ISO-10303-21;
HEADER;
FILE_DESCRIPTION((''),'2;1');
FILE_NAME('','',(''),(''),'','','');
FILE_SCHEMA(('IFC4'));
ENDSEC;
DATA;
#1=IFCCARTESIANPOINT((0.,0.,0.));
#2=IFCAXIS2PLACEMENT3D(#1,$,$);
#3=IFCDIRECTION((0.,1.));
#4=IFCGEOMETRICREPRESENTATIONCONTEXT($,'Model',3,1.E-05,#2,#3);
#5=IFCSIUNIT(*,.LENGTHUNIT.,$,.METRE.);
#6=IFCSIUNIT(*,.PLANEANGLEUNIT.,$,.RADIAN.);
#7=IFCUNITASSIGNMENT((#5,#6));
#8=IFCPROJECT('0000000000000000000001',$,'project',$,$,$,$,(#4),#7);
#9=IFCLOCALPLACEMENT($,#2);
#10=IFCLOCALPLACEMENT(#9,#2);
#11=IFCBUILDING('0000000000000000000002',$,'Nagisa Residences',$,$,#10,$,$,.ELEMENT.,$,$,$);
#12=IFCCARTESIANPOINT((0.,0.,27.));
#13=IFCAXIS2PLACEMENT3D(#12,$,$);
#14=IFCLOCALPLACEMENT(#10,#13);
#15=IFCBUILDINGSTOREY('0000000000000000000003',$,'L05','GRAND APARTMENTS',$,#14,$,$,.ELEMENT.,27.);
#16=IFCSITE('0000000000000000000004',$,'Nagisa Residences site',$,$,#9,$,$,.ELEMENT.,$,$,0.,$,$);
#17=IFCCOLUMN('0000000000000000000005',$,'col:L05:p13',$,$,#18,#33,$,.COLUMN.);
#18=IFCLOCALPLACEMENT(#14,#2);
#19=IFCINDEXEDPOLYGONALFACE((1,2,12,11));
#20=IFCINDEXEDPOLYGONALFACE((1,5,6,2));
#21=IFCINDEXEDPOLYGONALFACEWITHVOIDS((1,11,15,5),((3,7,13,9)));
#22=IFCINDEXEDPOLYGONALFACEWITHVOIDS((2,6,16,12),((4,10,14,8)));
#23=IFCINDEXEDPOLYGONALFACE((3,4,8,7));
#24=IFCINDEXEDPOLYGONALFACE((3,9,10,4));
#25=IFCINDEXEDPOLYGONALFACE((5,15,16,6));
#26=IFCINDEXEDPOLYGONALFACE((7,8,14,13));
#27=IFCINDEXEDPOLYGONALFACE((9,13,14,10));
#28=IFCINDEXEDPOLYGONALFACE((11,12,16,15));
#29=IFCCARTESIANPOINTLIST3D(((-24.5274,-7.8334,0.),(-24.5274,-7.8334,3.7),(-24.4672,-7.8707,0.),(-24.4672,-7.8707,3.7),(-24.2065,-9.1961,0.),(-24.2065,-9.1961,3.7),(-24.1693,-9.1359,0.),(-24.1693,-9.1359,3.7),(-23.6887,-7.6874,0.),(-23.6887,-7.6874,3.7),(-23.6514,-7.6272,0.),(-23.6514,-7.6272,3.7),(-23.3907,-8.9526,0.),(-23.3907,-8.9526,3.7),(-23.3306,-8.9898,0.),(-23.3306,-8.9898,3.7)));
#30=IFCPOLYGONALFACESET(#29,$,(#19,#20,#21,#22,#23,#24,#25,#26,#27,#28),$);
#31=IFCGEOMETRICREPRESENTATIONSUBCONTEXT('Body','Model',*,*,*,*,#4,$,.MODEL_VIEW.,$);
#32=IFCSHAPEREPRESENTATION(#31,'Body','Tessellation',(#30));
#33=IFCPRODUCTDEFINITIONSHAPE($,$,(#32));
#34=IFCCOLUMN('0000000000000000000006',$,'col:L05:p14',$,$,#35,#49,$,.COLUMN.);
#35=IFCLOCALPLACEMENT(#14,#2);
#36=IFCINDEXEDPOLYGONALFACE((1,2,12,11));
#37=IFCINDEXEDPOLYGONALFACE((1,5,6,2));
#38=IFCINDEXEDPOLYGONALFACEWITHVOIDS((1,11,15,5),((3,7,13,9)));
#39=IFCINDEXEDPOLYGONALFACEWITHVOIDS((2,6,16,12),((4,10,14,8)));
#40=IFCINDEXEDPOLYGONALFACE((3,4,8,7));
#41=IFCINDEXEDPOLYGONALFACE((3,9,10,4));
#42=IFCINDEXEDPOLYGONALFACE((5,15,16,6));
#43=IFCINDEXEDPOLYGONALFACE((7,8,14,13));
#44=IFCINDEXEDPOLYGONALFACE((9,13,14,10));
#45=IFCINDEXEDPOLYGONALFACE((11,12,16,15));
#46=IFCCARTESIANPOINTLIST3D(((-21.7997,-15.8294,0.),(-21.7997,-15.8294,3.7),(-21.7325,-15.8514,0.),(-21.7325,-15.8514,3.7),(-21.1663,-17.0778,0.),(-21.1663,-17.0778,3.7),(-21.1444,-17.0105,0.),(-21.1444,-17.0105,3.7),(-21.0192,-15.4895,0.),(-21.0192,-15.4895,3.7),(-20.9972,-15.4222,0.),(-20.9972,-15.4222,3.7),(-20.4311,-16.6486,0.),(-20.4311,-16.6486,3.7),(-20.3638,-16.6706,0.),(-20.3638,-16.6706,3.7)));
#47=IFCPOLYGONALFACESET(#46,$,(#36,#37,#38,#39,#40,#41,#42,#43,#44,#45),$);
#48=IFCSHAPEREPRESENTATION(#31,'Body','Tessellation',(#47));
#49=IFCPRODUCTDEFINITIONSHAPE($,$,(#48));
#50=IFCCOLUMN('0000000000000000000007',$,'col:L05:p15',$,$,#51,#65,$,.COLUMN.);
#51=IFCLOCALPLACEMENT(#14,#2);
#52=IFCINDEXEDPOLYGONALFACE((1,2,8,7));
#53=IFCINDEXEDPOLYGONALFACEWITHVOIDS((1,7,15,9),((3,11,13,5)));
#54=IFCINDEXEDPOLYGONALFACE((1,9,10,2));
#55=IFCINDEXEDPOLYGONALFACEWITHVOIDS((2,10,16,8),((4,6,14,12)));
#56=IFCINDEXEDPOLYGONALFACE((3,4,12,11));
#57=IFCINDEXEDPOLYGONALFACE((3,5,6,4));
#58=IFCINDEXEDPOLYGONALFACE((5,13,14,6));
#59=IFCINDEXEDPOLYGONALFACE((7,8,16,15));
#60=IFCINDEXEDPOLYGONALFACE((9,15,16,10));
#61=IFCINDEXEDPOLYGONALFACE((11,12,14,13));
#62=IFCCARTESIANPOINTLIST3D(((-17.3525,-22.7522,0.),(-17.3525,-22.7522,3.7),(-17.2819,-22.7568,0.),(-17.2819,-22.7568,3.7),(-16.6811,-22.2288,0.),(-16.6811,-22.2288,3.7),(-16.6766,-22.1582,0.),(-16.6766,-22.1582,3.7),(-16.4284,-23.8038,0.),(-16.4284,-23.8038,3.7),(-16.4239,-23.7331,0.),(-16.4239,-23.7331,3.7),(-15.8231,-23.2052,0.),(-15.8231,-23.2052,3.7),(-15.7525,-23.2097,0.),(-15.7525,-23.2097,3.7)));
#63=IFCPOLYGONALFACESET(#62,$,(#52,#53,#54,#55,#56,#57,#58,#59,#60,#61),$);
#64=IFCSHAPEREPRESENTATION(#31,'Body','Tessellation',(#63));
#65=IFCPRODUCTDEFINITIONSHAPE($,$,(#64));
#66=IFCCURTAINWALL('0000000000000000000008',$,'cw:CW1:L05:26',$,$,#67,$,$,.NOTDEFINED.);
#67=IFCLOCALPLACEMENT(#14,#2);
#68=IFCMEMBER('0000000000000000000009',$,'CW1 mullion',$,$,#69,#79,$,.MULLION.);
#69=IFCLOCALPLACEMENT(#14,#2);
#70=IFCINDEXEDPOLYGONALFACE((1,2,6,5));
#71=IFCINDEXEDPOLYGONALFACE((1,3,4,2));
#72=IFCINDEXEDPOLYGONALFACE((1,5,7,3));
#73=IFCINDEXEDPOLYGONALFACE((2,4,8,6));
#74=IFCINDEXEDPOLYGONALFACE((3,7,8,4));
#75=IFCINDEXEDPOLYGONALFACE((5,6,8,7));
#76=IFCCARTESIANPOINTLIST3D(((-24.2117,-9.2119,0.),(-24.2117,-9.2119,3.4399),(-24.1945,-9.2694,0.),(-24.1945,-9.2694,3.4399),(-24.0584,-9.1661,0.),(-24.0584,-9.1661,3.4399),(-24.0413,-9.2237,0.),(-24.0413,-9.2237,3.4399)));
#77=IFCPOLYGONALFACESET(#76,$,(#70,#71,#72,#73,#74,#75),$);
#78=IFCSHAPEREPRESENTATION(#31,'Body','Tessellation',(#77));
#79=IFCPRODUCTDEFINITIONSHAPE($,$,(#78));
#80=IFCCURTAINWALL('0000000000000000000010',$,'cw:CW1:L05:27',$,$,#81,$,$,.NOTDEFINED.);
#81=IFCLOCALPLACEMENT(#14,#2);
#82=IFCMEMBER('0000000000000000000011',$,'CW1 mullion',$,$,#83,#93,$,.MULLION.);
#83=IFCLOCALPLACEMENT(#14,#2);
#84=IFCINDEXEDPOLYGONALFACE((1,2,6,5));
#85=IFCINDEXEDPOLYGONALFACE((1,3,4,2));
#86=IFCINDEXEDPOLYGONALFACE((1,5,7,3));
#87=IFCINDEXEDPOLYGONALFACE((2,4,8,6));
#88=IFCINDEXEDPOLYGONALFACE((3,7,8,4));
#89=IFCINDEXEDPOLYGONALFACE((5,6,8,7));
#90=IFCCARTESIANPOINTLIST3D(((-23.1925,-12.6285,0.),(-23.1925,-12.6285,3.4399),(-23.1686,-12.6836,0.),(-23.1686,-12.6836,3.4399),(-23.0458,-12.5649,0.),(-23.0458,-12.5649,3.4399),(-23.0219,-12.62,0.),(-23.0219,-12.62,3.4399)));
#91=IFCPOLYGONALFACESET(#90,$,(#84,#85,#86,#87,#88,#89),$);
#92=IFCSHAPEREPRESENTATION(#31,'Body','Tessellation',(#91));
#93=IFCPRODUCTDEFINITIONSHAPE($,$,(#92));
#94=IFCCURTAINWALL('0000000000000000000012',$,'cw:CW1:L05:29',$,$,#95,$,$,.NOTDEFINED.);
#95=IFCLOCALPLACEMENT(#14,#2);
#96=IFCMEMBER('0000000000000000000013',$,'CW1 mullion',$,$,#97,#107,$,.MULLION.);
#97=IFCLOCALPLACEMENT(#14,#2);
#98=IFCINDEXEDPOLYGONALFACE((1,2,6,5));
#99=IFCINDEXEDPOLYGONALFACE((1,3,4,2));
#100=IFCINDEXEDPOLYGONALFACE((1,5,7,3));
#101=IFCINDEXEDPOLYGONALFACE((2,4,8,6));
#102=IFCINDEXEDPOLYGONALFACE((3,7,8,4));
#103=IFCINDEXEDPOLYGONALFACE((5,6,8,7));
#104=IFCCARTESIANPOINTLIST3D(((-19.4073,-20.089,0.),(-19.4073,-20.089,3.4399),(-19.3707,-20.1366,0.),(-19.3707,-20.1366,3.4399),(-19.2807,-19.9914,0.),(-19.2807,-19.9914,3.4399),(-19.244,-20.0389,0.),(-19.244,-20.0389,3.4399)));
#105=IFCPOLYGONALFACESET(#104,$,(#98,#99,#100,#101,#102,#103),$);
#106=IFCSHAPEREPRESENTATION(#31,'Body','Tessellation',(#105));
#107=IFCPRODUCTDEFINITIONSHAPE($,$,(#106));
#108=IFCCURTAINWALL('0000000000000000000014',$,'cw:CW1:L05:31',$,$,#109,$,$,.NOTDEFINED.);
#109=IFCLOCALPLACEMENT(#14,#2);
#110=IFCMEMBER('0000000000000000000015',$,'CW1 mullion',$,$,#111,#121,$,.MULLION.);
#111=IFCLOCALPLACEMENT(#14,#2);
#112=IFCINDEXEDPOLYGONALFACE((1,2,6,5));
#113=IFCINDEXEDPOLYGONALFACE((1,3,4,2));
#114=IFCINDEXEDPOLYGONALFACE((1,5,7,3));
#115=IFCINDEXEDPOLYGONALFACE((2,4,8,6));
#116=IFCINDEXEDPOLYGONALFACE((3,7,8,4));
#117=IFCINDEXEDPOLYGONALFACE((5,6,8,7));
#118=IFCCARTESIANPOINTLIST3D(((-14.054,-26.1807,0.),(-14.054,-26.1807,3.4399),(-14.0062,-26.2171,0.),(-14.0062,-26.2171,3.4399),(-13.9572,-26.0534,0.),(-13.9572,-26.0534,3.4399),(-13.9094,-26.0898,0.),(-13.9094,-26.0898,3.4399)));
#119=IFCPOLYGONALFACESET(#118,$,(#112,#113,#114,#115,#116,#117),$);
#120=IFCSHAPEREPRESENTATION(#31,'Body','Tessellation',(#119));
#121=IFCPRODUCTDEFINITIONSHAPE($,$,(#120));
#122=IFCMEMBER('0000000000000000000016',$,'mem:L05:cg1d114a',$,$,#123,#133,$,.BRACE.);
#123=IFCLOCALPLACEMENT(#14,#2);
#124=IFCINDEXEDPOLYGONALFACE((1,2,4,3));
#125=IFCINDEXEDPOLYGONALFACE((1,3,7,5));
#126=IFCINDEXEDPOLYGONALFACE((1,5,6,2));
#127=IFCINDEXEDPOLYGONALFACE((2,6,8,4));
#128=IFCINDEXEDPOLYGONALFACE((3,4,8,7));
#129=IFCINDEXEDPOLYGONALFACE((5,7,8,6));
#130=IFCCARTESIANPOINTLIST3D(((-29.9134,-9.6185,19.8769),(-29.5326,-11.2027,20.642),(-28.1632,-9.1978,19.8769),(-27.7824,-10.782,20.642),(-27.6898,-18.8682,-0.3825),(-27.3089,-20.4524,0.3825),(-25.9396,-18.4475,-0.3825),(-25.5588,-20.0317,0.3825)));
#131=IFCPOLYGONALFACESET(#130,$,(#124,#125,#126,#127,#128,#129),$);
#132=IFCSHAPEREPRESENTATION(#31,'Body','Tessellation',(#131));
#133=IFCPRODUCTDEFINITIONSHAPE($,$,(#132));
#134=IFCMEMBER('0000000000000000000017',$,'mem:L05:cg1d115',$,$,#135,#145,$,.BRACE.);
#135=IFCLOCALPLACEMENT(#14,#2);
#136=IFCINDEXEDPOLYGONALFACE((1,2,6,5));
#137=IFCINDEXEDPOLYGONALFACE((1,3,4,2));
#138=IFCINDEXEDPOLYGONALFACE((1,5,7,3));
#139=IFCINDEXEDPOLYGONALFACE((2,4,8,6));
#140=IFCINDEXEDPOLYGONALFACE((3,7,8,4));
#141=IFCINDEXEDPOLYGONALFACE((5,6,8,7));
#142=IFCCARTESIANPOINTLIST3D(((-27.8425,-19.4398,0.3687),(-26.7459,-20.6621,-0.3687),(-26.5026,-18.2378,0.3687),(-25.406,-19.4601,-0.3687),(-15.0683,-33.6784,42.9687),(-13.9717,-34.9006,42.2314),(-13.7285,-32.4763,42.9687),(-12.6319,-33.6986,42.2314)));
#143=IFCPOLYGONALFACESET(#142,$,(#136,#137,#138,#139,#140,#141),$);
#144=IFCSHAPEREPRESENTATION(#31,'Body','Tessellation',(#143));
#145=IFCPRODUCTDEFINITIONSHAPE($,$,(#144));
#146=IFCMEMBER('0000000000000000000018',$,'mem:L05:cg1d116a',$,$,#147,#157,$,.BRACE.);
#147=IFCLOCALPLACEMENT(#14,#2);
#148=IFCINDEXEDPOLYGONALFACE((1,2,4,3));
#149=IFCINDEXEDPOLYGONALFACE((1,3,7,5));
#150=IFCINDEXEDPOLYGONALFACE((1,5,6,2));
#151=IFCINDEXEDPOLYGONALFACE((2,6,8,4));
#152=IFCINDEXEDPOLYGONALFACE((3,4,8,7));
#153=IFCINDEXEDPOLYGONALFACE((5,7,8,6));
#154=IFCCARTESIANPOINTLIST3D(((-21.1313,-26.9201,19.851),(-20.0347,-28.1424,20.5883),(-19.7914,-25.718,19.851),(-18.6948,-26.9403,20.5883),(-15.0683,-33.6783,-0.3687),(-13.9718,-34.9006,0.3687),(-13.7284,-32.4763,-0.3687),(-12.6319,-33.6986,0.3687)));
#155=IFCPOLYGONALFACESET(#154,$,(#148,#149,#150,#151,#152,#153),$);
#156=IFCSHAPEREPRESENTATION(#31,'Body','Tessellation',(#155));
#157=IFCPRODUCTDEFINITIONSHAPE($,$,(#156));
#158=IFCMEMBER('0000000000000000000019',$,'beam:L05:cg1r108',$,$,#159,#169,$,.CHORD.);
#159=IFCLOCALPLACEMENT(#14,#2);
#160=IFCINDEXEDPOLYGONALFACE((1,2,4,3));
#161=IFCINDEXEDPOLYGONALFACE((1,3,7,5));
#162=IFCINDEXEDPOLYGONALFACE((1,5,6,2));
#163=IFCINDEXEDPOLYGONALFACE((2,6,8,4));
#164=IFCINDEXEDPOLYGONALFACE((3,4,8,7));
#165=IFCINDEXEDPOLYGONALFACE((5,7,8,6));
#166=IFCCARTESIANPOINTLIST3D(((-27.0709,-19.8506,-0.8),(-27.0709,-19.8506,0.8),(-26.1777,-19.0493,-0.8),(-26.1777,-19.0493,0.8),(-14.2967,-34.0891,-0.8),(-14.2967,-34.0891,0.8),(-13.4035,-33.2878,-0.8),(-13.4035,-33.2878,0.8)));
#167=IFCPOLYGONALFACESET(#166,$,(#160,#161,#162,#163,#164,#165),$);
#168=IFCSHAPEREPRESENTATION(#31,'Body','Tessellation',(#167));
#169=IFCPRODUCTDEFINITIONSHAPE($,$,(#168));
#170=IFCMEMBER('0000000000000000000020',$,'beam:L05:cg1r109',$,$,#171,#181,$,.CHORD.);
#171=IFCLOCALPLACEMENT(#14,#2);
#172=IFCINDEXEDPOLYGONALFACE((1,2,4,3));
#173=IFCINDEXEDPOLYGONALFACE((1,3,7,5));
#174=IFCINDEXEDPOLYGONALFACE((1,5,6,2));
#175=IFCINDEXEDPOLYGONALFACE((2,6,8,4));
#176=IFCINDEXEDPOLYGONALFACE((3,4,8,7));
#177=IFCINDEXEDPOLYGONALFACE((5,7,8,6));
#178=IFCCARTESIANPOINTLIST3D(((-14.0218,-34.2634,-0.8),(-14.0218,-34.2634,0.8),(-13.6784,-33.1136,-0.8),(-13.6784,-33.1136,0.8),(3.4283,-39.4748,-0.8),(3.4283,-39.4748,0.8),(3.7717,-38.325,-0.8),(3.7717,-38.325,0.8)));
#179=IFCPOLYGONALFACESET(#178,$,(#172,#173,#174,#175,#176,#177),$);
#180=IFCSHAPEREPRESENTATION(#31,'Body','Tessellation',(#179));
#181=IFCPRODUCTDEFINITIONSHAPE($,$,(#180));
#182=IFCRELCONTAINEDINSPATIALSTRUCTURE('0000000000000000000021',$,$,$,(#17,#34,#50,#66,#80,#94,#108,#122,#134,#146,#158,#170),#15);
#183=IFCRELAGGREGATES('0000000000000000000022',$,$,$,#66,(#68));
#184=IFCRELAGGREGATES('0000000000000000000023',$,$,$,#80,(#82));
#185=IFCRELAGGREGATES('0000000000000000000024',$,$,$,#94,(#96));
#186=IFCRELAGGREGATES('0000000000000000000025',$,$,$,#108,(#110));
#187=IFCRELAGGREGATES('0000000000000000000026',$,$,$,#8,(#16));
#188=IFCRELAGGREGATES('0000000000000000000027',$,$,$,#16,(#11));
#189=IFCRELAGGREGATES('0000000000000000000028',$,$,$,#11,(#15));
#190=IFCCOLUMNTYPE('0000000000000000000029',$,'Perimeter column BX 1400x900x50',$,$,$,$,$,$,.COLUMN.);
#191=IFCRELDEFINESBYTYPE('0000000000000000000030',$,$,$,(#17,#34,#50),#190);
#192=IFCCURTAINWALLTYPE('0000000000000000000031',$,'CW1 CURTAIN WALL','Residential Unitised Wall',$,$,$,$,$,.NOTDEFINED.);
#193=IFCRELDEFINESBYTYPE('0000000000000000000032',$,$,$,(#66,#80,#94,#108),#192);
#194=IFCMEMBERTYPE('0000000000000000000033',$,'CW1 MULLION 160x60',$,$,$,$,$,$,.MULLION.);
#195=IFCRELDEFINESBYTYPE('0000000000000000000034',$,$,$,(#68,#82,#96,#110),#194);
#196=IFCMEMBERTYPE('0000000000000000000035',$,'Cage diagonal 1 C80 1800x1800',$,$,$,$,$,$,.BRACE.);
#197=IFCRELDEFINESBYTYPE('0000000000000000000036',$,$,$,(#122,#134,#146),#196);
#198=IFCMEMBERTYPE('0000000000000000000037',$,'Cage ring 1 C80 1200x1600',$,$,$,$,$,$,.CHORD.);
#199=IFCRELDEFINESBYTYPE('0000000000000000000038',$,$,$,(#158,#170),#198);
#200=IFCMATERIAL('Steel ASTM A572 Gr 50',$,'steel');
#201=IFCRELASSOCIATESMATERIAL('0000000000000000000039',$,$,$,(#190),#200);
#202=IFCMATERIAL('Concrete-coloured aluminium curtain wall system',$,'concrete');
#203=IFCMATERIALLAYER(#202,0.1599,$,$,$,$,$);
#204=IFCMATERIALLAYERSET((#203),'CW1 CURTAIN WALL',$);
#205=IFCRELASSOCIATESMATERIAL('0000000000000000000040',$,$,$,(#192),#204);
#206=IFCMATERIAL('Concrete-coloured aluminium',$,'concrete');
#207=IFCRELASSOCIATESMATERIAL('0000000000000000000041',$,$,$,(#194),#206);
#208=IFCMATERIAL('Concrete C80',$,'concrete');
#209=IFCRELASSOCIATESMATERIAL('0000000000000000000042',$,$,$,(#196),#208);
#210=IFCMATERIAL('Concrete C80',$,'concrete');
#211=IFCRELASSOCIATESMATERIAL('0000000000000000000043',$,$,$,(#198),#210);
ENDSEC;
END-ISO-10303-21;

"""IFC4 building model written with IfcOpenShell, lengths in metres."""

from ifc_helpers import new_model, si_unit, direction, frame, origin, origin_2d, place, context, subcontext, project, spatial, rectangle, hollow_rectangle, extrude, material, layer, layer_set, material_profile, profile_set, type_object, element, aggregate, save


model = new_model("IFC4")

# Units and contexts
model_context = context("Model", 3, precision=1e-05, world=origin(), true_north=direction((0.0, 1.0)))
body_context = subcontext(model_context, "Body", "Model", "MODEL_VIEW")
ifc_project = project(units=[si_unit("LENGTHUNIT", "METRE"), si_unit("PLANEANGLEUNIT", "RADIAN")], contexts=[model_context])

# Site, building, storey
site_placement = place(None, origin())
site = spatial("IfcSite", under=ifc_project, at=site_placement, Name="Nagisa Residences site", CompositionType="ELEMENT", RefElevation=0.0)
building_placement = place(site_placement, origin())
building = spatial("IfcBuilding", under=site, at=building_placement, Name="Nagisa Residences", CompositionType="ELEMENT")
storey_placement = place(building_placement, frame((0.0, 0.0, 27.0)))
storey = spatial("IfcBuildingStorey", under=building, at=storey_placement, Name="L05", Description="GRAND APARTMENTS", CompositionType="ELEMENT", Elevation=27.0)

# Columns
ifc_material_1 = material(Name="Steel ASTM A572 Gr 50", Category="steel")
ifc_material_profile_1 = material_profile(ifc_material_1, hollow_rectangle(XDim=1.3999, YDim=0.8999, WallThickness=0.05, at=origin_2d()), Name="BX 1400x900x50")
ifc_profile_set_1 = profile_set([ifc_material_profile_1], Name="Steel ASTM A572 Gr 50")
column_type = type_object("IfcColumnType", Name="Perimeter column BX 1400x900x50", PredefinedType="COLUMN", material=ifc_profile_set_1)
for number, where, z_axis, x_axis, name in (
    (1, (-23.929, -8.4116, 0.0), (0.0, 0.0, 1.0), (0.229202, -0.973379, 0.0), "col:L05:p13"),
    (2, (-21.0818, -16.25, 0.0), (0.0, 0.0, 1.0), (0.452463, -0.891783, 0.0), "col:L05:p14"),
    (3, (-16.5525, -22.981, 0.0), (0.0, 0.0, 1.0), (0.660115, -0.751165, 0.0), "col:L05:p15"),
):
    element("IfcColumn", number, at=place(storey_placement, frame(where, z_axis=z_axis, x_axis=x_axis)), inside=storey, type_object=column_type, Name=name, PredefinedType="COLUMN", context=body_context, shape_type="SweptSolid", body=[
        extrude(hollow_rectangle(XDim=1.3999, YDim=0.8999, WallThickness=0.05, at=origin_2d()), origin(), (0.0, 0.0, 1.0), 3.7),
    ])

# Curtain walls, members
ifc_material_2 = material(Name="Concrete-coloured aluminium curtain wall system", Category="concrete")
ifc_layer_1 = layer(ifc_material_2, 0.1599)
ifc_layer_set_1 = layer_set([ifc_layer_1], Name="CW1 CURTAIN WALL")
curtain_wall_type = type_object("IfcCurtainWallType", Name="CW1 CURTAIN WALL", Description="Residential Unitised Wall", PredefinedType="NOTDEFINED", material=ifc_layer_set_1)
curtain_wall_1_placement = place(storey_placement, origin())
curtain_wall_1 = element("IfcCurtainWall", 4, at=curtain_wall_1_placement, inside=storey, type_object=curtain_wall_type, Name="cw:CW1:L05:26", PredefinedType="NOTDEFINED")
ifc_material_3 = material(Name="Concrete-coloured aluminium", Category="concrete")
ifc_material_profile_2 = material_profile(ifc_material_3, rectangle(XDim=0.1599, YDim=0.0601, at=origin_2d()), Name="CW1 MULLION 160x60")
ifc_profile_set_2 = profile_set([ifc_material_profile_2], Name="Concrete-coloured aluminium")
member_type_1 = type_object("IfcMemberType", Name="CW1 MULLION 160x60", PredefinedType="MULLION", material=ifc_profile_set_2)
member_1_placement = place(storey_placement, frame((-24.1265, -9.2178, 0.0), z_axis=(0.0, 0.0, 1.0), x_axis=(0.958271, 0.28586, 0.0)))
member_1 = element("IfcMember", 5, at=member_1_placement, type_object=member_type_1, Name="CW1 mullion", PredefinedType="MULLION", context=body_context, shape_type="SweptSolid", body=[
    extrude(rectangle(XDim=0.1599, YDim=0.0601, at=origin_2d()), origin(), (0.0, 0.0, 1.0), 3.4399),
])
aggregate(curtain_wall_1, [member_1])
curtain_wall_2_placement = place(storey_placement, origin())
curtain_wall_2 = element("IfcCurtainWall", 6, at=curtain_wall_2_placement, inside=storey, type_object=curtain_wall_type, Name="cw:CW1:L05:27", PredefinedType="NOTDEFINED")
member_2_placement = place(storey_placement, frame((-23.1072, -12.6243, 0.0), z_axis=(0.0, 0.0, 1.0), x_axis=(0.917543, 0.397636, 0.0)))
member_2 = element("IfcMember", 7, at=member_2_placement, type_object=member_type_1, Name="CW1 mullion", PredefinedType="MULLION", context=body_context, shape_type="SweptSolid", body=[
    extrude(rectangle(XDim=0.1599, YDim=0.0601, at=origin_2d()), origin(), (0.0, 0.0, 1.0), 3.4399),
])
aggregate(curtain_wall_2, [member_2])
curtain_wall_3_placement = place(storey_placement, origin())
curtain_wall_3 = element("IfcCurtainWall", 8, at=curtain_wall_3_placement, inside=storey, type_object=curtain_wall_type, Name="cw:CW1:L05:29", PredefinedType="NOTDEFINED")
member_3_placement = place(storey_placement, frame((-19.3257, -20.064, 0.0), z_axis=(0.0, 0.0, 1.0), x_axis=(0.79207, 0.61043, 0.0)))
member_3 = element("IfcMember", 9, at=member_3_placement, type_object=member_type_1, Name="CW1 mullion", PredefinedType="MULLION", context=body_context, shape_type="SweptSolid", body=[
    extrude(rectangle(XDim=0.1599, YDim=0.0601, at=origin_2d()), origin(), (0.0, 0.0, 1.0), 3.4399),
])
aggregate(curtain_wall_3, [member_3])
curtain_wall_4_placement = place(storey_placement, origin())
curtain_wall_4 = element("IfcCurtainWall", 10, at=curtain_wall_4_placement, inside=storey, type_object=curtain_wall_type, Name="cw:CW1:L05:31", PredefinedType="NOTDEFINED")
member_4_placement = place(storey_placement, frame((-13.9817, -26.1353, 0.0), z_axis=(0.0, 0.0, 1.0), x_axis=(0.605255, 0.796031, 0.0)))
member_4 = element("IfcMember", 11, at=member_4_placement, type_object=member_type_1, Name="CW1 mullion", PredefinedType="MULLION", context=body_context, shape_type="SweptSolid", body=[
    extrude(rectangle(XDim=0.1599, YDim=0.0601, at=origin_2d()), origin(), (0.0, 0.0, 1.0), 3.4399),
])
aggregate(curtain_wall_4, [member_4])

# Members
ifc_material_4 = material(Name="Concrete C80", Category="concrete")
ifc_material_profile_3 = material_profile(ifc_material_4, rectangle(XDim=1.8, YDim=1.8, at=origin_2d()), Name="C80 1800x1800")
ifc_profile_set_3 = profile_set([ifc_material_profile_3], Name="Concrete C80")
member_type_2 = type_object("IfcMemberType", Name="Cage diagonal 1 C80 1800x1800", PredefinedType="BRACE", material=ifc_profile_set_3)
member_5_placement = place(storey_placement, frame((-26.6243, -19.45, 0.0), z_axis=(-0.099349, 0.413269, 0.905173), x_axis=(-0.972299, -0.23374, 0.0)))
element("IfcMember", 12, at=member_5_placement, inside=storey, type_object=member_type_2, Name="mem:L05:cg1d114a", PredefinedType="BRACE", context=body_context, shape_type="SweptSolid", body=[
    extrude(rectangle(XDim=1.8, YDim=1.8, at=origin_2d()), origin(), (0.0, 0.0, 1.0), 22.3818),
])
member_6_placement = place(storey_placement, frame((-26.6243, -19.45, 0.0), z_axis=(0.27355, -0.304908, 0.912251), x_axis=(0.744346, 0.667794, 0.0)))
element("IfcMember", 13, at=member_6_placement, inside=storey, type_object=member_type_2, Name="mem:L05:cg1d115", PredefinedType="BRACE", context=body_context, shape_type="SweptSolid", body=[
    extrude(rectangle(XDim=1.8, YDim=1.8, at=origin_2d()), origin(), (0.0, 0.0, 1.0), 46.6978),
])
member_7_placement = place(storey_placement, frame((-13.8501, -33.6885, 0.0), z_axis=(-0.273543, 0.304913, 0.912251), x_axis=(-0.74436, -0.667778, 0.0)))
element("IfcMember", 14, at=member_7_placement, inside=storey, type_object=member_type_2, Name="mem:L05:cg1d116a", PredefinedType="BRACE", context=body_context, shape_type="SweptSolid", body=[
    extrude(rectangle(XDim=1.8, YDim=1.8, at=origin_2d()), origin(), (0.0, 0.0, 1.0), 22.1646),
])
ifc_material_5 = material(Name="Concrete C80", Category="concrete")
ifc_material_profile_4 = material_profile(ifc_material_5, rectangle(XDim=1.2, YDim=1.6001, at=origin_2d()), Name="C80 1200x1600")
ifc_profile_set_4 = profile_set([ifc_material_profile_4], Name="Concrete C80")
member_type_3 = type_object("IfcMemberType", Name="Cage ring 1 C80 1200x1600", PredefinedType="CHORD", material=ifc_profile_set_4)
member_8_placement = place(storey_placement, frame((-26.6243, -19.45, 0.0), z_axis=(0.667794, -0.744346, 0.0), x_axis=(0.744346, 0.667794, 0.0)))
element("IfcMember", 15, at=member_8_placement, inside=storey, type_object=member_type_3, Name="beam:L05:cg1r108", PredefinedType="CHORD", context=body_context, shape_type="SweptSolid", body=[
    extrude(rectangle(XDim=1.2, YDim=1.6001, at=origin_2d()), origin(), (0.0, 0.0, 1.0), 19.1289),
])
member_9_placement = place(storey_placement, frame((-13.8501, -33.6885, 0.0), z_axis=(0.958183, -0.286157, 0.0), x_axis=(0.286157, 0.958183, 0.0)))
element("IfcMember", 16, at=member_9_placement, inside=storey, type_object=member_type_3, Name="beam:L05:cg1r109", PredefinedType="CHORD", context=body_context, shape_type="SweptSolid", body=[
    extrude(rectangle(XDim=1.2, YDim=1.6001, at=origin_2d()), origin(), (0.0, 0.0, 1.0), 18.2117),
])

save(model, "model.ifc")
